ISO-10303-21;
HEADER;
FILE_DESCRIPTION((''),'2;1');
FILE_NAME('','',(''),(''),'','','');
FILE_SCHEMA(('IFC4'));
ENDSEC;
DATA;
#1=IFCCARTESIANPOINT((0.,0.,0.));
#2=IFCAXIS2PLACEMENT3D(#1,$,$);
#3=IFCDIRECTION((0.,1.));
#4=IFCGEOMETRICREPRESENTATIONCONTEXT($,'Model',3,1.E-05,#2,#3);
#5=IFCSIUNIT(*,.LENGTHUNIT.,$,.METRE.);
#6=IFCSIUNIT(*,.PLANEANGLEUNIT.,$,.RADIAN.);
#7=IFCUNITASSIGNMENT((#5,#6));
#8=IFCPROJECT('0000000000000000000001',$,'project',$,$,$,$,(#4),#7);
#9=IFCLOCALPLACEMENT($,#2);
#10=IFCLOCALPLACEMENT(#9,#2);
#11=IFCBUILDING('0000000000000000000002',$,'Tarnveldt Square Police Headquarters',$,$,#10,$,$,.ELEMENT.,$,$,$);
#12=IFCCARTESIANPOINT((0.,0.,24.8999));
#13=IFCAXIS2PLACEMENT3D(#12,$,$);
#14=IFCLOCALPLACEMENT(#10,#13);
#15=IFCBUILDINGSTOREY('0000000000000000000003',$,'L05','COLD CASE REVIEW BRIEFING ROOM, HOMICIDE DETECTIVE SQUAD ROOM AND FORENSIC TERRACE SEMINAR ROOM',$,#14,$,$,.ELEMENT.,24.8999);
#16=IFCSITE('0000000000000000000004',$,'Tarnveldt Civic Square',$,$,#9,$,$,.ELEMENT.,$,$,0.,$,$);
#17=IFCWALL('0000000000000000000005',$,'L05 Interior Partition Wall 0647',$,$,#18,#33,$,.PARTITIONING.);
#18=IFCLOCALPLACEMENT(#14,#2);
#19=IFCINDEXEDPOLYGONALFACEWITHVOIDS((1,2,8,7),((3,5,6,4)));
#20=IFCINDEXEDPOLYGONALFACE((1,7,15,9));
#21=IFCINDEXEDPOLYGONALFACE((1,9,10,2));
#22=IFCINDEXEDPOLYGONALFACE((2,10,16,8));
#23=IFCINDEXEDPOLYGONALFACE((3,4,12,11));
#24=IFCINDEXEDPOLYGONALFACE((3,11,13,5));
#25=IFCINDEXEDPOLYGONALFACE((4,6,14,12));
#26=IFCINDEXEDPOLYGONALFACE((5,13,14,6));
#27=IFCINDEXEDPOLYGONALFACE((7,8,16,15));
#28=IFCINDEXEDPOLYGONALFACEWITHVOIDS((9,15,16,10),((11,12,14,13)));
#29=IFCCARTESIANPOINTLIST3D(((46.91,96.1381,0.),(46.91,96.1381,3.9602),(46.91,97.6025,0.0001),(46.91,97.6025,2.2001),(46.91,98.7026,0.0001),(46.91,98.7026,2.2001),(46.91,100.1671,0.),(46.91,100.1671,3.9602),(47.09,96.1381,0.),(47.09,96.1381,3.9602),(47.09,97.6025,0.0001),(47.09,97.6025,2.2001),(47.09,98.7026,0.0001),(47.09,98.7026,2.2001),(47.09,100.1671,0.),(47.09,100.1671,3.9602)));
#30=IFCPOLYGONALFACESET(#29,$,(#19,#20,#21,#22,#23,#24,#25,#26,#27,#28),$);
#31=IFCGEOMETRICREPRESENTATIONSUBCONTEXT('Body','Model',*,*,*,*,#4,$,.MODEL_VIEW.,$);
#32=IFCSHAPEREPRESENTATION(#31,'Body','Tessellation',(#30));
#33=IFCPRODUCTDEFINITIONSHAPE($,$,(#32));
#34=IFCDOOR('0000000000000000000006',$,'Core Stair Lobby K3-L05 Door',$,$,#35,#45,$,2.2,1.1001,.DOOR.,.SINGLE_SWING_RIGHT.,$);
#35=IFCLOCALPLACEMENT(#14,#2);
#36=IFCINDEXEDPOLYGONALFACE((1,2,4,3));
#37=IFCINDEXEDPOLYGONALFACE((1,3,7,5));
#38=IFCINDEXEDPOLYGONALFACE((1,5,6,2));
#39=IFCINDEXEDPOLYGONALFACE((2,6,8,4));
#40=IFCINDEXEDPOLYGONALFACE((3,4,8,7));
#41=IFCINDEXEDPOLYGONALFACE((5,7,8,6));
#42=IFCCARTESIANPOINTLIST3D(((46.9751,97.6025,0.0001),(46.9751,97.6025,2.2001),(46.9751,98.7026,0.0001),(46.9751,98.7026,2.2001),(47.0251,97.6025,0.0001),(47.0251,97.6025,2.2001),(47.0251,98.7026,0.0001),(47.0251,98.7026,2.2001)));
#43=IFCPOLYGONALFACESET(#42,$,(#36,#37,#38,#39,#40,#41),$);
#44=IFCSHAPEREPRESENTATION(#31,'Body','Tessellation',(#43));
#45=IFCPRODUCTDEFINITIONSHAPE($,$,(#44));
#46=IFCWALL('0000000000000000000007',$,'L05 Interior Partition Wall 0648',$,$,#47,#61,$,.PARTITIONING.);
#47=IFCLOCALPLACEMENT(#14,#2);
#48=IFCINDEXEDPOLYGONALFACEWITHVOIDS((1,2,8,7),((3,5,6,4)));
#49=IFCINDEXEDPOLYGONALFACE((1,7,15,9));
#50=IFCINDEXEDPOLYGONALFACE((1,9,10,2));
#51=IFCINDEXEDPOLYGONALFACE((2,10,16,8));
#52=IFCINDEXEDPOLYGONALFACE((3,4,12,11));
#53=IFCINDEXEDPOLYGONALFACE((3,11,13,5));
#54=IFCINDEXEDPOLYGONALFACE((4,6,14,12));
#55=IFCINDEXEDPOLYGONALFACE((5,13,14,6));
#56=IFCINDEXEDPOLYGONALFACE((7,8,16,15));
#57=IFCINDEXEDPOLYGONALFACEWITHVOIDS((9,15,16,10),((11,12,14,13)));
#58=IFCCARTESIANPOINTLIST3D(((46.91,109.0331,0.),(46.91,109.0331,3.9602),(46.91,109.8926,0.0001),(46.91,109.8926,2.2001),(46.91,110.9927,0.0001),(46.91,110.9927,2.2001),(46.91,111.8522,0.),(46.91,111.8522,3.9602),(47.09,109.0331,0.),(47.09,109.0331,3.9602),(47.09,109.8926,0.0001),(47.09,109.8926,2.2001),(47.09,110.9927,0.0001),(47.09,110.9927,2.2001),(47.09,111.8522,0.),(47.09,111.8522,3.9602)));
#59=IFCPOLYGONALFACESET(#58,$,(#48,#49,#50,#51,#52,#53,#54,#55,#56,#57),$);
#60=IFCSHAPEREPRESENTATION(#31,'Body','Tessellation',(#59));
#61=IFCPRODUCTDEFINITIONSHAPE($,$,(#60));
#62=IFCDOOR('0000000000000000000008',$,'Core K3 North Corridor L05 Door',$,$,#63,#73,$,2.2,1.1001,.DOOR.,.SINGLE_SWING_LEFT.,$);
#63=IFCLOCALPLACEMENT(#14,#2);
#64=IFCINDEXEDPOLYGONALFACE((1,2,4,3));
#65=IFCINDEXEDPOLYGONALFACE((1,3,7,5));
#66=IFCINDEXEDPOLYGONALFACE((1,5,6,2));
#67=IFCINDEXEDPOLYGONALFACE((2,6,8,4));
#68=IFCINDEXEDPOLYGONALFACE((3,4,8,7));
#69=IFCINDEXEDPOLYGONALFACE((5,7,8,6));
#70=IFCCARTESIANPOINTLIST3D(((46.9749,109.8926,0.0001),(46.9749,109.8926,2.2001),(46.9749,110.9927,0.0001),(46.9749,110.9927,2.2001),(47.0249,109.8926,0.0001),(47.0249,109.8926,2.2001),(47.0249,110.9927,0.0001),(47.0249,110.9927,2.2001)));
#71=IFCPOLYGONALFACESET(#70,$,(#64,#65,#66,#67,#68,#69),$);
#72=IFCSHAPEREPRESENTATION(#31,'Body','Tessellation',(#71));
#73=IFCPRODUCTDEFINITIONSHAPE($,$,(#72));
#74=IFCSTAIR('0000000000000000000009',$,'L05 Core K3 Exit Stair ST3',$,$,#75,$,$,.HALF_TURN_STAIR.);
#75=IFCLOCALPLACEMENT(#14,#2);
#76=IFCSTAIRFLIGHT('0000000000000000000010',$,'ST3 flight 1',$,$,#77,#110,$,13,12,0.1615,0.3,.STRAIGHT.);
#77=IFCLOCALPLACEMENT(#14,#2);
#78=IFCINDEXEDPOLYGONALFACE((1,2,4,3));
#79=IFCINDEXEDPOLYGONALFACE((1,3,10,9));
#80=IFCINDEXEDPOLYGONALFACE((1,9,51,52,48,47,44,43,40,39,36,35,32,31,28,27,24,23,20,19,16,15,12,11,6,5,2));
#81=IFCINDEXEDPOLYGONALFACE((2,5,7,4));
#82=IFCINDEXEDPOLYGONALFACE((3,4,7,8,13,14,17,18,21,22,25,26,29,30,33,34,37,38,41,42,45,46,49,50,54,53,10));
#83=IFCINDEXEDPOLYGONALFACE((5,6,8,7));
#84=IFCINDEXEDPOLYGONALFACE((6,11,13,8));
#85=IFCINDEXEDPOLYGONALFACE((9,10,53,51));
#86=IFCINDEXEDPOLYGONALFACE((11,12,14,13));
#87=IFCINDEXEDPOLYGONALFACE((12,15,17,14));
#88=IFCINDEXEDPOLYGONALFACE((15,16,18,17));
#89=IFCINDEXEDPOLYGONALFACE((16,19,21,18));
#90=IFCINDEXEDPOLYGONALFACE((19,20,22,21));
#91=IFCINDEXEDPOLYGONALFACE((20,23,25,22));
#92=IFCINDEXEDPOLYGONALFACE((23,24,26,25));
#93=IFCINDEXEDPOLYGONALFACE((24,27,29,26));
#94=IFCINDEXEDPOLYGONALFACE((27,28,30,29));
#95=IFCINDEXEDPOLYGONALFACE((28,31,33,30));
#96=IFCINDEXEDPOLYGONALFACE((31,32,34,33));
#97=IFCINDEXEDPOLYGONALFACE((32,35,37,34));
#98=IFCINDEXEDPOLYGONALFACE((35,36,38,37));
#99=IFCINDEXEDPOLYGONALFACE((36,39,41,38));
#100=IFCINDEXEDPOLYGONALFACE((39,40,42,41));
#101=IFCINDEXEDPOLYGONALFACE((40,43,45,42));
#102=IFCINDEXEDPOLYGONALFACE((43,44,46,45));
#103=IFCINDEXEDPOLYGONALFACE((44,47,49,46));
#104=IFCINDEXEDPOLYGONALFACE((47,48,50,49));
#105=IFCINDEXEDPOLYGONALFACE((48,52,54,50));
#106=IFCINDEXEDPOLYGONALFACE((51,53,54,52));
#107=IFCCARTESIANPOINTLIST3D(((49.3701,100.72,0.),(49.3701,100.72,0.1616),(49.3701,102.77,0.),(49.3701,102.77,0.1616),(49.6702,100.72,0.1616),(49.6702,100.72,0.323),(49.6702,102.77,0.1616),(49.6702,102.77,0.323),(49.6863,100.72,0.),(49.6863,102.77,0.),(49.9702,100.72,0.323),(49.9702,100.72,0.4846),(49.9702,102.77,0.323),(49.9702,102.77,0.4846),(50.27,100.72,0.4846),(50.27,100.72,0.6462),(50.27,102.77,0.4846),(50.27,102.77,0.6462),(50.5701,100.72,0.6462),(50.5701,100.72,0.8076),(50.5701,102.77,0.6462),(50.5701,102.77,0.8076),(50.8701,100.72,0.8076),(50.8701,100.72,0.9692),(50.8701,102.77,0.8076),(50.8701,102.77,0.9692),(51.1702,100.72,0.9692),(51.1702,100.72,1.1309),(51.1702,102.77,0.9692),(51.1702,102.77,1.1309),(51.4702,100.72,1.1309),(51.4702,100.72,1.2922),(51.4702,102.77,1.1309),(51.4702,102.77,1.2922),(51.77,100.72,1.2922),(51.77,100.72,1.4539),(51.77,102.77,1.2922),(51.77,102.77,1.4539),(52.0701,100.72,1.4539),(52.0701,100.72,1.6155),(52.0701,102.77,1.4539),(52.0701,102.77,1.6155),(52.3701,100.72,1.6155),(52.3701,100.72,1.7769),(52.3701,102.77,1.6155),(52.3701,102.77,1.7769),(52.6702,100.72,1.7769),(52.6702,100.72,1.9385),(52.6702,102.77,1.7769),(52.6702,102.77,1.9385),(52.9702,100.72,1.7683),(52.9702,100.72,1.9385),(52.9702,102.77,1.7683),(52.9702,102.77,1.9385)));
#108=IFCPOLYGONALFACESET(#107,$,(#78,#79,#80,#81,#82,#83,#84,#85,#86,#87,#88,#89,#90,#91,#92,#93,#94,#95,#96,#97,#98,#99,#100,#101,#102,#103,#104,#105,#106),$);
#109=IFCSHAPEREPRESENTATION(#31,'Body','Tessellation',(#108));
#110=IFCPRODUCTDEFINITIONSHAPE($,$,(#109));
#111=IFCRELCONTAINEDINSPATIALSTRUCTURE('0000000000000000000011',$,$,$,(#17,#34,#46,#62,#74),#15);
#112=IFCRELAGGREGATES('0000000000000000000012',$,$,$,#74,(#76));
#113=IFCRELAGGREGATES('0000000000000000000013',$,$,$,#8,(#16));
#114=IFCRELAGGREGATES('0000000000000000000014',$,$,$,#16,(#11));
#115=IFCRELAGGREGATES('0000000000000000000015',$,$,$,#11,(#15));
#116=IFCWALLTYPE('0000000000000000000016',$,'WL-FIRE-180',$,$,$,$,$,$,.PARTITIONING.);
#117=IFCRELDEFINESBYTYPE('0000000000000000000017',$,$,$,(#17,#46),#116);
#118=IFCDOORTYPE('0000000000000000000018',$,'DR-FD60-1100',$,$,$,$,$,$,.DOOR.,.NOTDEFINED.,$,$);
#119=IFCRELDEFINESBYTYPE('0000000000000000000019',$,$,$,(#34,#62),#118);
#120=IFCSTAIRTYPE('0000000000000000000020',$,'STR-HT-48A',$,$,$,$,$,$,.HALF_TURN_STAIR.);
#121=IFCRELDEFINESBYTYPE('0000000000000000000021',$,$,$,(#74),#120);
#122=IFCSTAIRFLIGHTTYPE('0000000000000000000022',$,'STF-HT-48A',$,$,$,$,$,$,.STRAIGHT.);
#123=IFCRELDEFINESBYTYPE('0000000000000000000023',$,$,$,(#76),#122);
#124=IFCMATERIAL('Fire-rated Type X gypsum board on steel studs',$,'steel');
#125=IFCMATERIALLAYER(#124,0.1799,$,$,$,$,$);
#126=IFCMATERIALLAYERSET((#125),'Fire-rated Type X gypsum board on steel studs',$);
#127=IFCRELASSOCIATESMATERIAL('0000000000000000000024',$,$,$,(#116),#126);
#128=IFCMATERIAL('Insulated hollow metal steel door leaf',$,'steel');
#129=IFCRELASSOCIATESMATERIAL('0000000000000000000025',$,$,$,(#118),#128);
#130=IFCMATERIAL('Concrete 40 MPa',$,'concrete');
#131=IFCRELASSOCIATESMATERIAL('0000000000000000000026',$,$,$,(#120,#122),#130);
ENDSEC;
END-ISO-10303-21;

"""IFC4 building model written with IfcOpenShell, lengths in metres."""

from ifc_helpers import new_model, si_unit, direction, frame, frame_2d, origin, place, context, subcontext, project, spatial, polyline, rectangle, outline, extrude, material, layer, layer_set, type_object, element, fill, aggregate, save


model = new_model("IFC4")

# Units and contexts
model_context = context("Model", 3, precision=1e-05, world=origin(), true_north=direction((0.0, 1.0)))
body_context = subcontext(model_context, "Body", "Model", "MODEL_VIEW")
ifc_project = project(units=[si_unit("LENGTHUNIT", "METRE"), si_unit("PLANEANGLEUNIT", "RADIAN")], contexts=[model_context])

# Site, building, storey
site_placement = place(None, origin())
site = spatial("IfcSite", under=ifc_project, at=site_placement, Name="Tarnveldt Civic Square", CompositionType="ELEMENT", RefElevation=0.0)
building_placement = place(site_placement, origin())
building = spatial("IfcBuilding", under=site, at=building_placement, Name="Tarnveldt Square Police Headquarters", CompositionType="ELEMENT")
storey_placement = place(building_placement, frame((0.0, 0.0, 24.8999)))
storey = spatial("IfcBuildingStorey", under=building, at=storey_placement, Name="L05", Description="COLD CASE REVIEW BRIEFING ROOM, HOMICIDE DETECTIVE SQUAD ROOM AND FORENSIC TERRACE SEMINAR ROOM", CompositionType="ELEMENT", Elevation=24.8999)

# Shared definitions
ifc_material_1 = material(Name="Concrete 40 MPa", Category="concrete")

# Shared definitions
ifc_material_2 = material(Name="Insulated hollow metal steel door leaf", Category="steel")

# Walls, openings, doors
ifc_material_3 = material(Name="Fire-rated Type X gypsum board on steel studs", Category="steel")
ifc_layer_1 = layer(ifc_material_3, 0.1799)
ifc_layer_set_1 = layer_set([ifc_layer_1], Name="Fire-rated Type X gypsum board on steel studs")
wall_type_1 = type_object("IfcWallType", Name="WL-FIRE-180", PredefinedType="PARTITIONING", material=ifc_layer_set_1)
door_type_1 = type_object("IfcDoorType", Name="DR-FD60-1100", OperationType="NOTDEFINED", PredefinedType="DOOR", material=ifc_material_2)
wall_1_placement = place(storey_placement, frame((47.0, 96.1379, 0.0), z_axis=(0.0, 0.0, 1.0), x_axis=(0.0, 1.0, 0.0)))
wall_1 = element("IfcWall", 1, at=wall_1_placement, inside=storey, type_object=wall_type_1, Name="L05 Interior Partition Wall 0647", PredefinedType="PARTITIONING", context=body_context, shape_type="SweptSolid", body=[
    extrude(rectangle(XDim=4.0291, YDim=0.1799, at=frame_2d((2.0146, 0.0))), origin(), (0.0, 0.0, 1.0), 3.9602),
])
opening_1_placement = place(wall_1_placement, frame((1.4646, 0.0, 0.0)))
opening_1 = element("IfcOpeningElement", 2, at=opening_1_placement, cuts=wall_1, PredefinedType="OPENING", context=body_context, shape_type="SweptSolid", body=[
    extrude(rectangle(XDim=1.1001, YDim=2.2, at=frame_2d((0.55, 1.1001))), frame((0.0, 0.0999, 0.0), z_axis=(0.0, -1.0, 0.0), x_axis=(1.0, 0.0, 0.0)), (0.0, 0.0, 1.0), 0.2),
])
door_1_placement = place(opening_1_placement, origin())
door_1 = element("IfcDoor", 3, at=door_1_placement, inside=storey, type_object=door_type_1, Name="Core Stair Lobby K3-L05 Door", OperationType="SINGLE_SWING_RIGHT", OverallHeight=2.2, OverallWidth=1.1001, PredefinedType="DOOR", context=body_context, shape_type="SweptSolid", body=[
    extrude(rectangle(XDim=1.1001, YDim=2.2, at=frame_2d((0.55, 1.1001))), frame((0.0, 0.0249, 0.0), z_axis=(0.0, -1.0, 0.0), x_axis=(1.0, 0.0, 0.0)), (0.0, 0.0, 1.0), 0.05),
])
fill(opening_1, door_1)
wall_2_placement = place(storey_placement, frame((47.0, 109.033, 0.0), z_axis=(0.0, 0.0, 1.0), x_axis=(0.0, 1.0, 0.0)))
wall_2 = element("IfcWall", 4, at=wall_2_placement, inside=storey, type_object=wall_type_1, Name="L05 Interior Partition Wall 0648", PredefinedType="PARTITIONING", context=body_context, shape_type="SweptSolid", body=[
    extrude(rectangle(XDim=2.8191, YDim=0.1799, at=frame_2d((1.4097, 0.0))), origin(), (0.0, 0.0, 1.0), 3.9602),
])
opening_2_placement = place(wall_2_placement, frame((0.8596, 0.0, 0.0)))
opening_2 = element("IfcOpeningElement", 5, at=opening_2_placement, cuts=wall_2, PredefinedType="OPENING", context=body_context, shape_type="SweptSolid", body=[
    extrude(rectangle(XDim=1.1001, YDim=2.2, at=frame_2d((0.55, 1.1001))), frame((0.0, 0.0999, 0.0), z_axis=(0.0, -1.0, 0.0), x_axis=(1.0, 0.0, 0.0)), (0.0, 0.0, 1.0), 0.2),
])
door_2_placement = place(opening_2_placement, frame((1.1001, 0.0, 0.0), z_axis=(0.0, 0.0, 1.0), x_axis=(-1.0, 0.0, 0.0)))
door_2 = element("IfcDoor", 6, at=door_2_placement, inside=storey, type_object=door_type_1, Name="Core K3 North Corridor L05 Door", OperationType="SINGLE_SWING_LEFT", OverallHeight=2.2, OverallWidth=1.1001, PredefinedType="DOOR", context=body_context, shape_type="SweptSolid", body=[
    extrude(rectangle(XDim=1.1001, YDim=2.2, at=frame_2d((0.55, 1.1001))), frame((0.0, 0.0249, 0.0), z_axis=(0.0, -1.0, 0.0), x_axis=(1.0, 0.0, 0.0)), (0.0, 0.0, 1.0), 0.05),
])
fill(opening_2, door_2)

# Stair, stair flight
stair_type = type_object("IfcStairType", Name="STR-HT-48A", PredefinedType="HALF_TURN_STAIR", material=ifc_material_1)
stair_placement = place(storey_placement, origin())
stair = element("IfcStair", 7, at=stair_placement, inside=storey, type_object=stair_type, Name="L05 Core K3 Exit Stair ST3", PredefinedType="HALF_TURN_STAIR")
stair_flight_type = type_object("IfcStairFlightType", Name="STF-HT-48A", PredefinedType="STRAIGHT", material=ifc_material_1)
stair_flight_placement = place(storey_placement, frame((49.3701, 101.7451, 0.0), z_axis=(0.0, 0.0, 1.0), x_axis=(1.0, 0.0, 0.0)))
stair_flight = element("IfcStairFlight", 8, at=stair_flight_placement, type_object=stair_flight_type, Name="ST3 flight 1", NumberOfRisers=13, NumberOfTreads=12, PredefinedType="STRAIGHT", RiserHeight=0.1615, TreadLength=0.3, context=body_context, shape_type="SweptSolid", body=[
    extrude(outline(polyline([(0.0, 0.0), (0.0, 0.1616), (0.3, 0.1616), (0.3, 0.323), (0.6001, 0.323), (0.6001, 0.4846), (0.8999, 0.4846), (0.8999, 0.6462), (1.2, 0.6462), (1.2, 0.8076), (1.5, 0.8076), (1.5, 0.9692), (1.8, 0.9692), (1.8, 1.1309), (2.1001, 1.1309), (2.1001, 1.2922), (2.3999, 1.2922), (2.3999, 1.4539), (2.7, 1.4539), (2.7, 1.6155), (3.0, 1.6155), (3.0, 1.7769), (3.3, 1.7769), (3.3, 1.9385), (3.6001, 1.9385), (3.6001, 2.1001), (3.6001, 1.7683), (0.3162, 0.0), (0.0, 0.0)])), frame((0.0, 1.0249, 0.0), z_axis=(0.0, -1.0, 0.0), x_axis=(1.0, 0.0, 0.0)), (0.0, 0.0, 1.0), 2.05),
])
aggregate(stair, [stair_flight])

save(model, "model.ifc")
